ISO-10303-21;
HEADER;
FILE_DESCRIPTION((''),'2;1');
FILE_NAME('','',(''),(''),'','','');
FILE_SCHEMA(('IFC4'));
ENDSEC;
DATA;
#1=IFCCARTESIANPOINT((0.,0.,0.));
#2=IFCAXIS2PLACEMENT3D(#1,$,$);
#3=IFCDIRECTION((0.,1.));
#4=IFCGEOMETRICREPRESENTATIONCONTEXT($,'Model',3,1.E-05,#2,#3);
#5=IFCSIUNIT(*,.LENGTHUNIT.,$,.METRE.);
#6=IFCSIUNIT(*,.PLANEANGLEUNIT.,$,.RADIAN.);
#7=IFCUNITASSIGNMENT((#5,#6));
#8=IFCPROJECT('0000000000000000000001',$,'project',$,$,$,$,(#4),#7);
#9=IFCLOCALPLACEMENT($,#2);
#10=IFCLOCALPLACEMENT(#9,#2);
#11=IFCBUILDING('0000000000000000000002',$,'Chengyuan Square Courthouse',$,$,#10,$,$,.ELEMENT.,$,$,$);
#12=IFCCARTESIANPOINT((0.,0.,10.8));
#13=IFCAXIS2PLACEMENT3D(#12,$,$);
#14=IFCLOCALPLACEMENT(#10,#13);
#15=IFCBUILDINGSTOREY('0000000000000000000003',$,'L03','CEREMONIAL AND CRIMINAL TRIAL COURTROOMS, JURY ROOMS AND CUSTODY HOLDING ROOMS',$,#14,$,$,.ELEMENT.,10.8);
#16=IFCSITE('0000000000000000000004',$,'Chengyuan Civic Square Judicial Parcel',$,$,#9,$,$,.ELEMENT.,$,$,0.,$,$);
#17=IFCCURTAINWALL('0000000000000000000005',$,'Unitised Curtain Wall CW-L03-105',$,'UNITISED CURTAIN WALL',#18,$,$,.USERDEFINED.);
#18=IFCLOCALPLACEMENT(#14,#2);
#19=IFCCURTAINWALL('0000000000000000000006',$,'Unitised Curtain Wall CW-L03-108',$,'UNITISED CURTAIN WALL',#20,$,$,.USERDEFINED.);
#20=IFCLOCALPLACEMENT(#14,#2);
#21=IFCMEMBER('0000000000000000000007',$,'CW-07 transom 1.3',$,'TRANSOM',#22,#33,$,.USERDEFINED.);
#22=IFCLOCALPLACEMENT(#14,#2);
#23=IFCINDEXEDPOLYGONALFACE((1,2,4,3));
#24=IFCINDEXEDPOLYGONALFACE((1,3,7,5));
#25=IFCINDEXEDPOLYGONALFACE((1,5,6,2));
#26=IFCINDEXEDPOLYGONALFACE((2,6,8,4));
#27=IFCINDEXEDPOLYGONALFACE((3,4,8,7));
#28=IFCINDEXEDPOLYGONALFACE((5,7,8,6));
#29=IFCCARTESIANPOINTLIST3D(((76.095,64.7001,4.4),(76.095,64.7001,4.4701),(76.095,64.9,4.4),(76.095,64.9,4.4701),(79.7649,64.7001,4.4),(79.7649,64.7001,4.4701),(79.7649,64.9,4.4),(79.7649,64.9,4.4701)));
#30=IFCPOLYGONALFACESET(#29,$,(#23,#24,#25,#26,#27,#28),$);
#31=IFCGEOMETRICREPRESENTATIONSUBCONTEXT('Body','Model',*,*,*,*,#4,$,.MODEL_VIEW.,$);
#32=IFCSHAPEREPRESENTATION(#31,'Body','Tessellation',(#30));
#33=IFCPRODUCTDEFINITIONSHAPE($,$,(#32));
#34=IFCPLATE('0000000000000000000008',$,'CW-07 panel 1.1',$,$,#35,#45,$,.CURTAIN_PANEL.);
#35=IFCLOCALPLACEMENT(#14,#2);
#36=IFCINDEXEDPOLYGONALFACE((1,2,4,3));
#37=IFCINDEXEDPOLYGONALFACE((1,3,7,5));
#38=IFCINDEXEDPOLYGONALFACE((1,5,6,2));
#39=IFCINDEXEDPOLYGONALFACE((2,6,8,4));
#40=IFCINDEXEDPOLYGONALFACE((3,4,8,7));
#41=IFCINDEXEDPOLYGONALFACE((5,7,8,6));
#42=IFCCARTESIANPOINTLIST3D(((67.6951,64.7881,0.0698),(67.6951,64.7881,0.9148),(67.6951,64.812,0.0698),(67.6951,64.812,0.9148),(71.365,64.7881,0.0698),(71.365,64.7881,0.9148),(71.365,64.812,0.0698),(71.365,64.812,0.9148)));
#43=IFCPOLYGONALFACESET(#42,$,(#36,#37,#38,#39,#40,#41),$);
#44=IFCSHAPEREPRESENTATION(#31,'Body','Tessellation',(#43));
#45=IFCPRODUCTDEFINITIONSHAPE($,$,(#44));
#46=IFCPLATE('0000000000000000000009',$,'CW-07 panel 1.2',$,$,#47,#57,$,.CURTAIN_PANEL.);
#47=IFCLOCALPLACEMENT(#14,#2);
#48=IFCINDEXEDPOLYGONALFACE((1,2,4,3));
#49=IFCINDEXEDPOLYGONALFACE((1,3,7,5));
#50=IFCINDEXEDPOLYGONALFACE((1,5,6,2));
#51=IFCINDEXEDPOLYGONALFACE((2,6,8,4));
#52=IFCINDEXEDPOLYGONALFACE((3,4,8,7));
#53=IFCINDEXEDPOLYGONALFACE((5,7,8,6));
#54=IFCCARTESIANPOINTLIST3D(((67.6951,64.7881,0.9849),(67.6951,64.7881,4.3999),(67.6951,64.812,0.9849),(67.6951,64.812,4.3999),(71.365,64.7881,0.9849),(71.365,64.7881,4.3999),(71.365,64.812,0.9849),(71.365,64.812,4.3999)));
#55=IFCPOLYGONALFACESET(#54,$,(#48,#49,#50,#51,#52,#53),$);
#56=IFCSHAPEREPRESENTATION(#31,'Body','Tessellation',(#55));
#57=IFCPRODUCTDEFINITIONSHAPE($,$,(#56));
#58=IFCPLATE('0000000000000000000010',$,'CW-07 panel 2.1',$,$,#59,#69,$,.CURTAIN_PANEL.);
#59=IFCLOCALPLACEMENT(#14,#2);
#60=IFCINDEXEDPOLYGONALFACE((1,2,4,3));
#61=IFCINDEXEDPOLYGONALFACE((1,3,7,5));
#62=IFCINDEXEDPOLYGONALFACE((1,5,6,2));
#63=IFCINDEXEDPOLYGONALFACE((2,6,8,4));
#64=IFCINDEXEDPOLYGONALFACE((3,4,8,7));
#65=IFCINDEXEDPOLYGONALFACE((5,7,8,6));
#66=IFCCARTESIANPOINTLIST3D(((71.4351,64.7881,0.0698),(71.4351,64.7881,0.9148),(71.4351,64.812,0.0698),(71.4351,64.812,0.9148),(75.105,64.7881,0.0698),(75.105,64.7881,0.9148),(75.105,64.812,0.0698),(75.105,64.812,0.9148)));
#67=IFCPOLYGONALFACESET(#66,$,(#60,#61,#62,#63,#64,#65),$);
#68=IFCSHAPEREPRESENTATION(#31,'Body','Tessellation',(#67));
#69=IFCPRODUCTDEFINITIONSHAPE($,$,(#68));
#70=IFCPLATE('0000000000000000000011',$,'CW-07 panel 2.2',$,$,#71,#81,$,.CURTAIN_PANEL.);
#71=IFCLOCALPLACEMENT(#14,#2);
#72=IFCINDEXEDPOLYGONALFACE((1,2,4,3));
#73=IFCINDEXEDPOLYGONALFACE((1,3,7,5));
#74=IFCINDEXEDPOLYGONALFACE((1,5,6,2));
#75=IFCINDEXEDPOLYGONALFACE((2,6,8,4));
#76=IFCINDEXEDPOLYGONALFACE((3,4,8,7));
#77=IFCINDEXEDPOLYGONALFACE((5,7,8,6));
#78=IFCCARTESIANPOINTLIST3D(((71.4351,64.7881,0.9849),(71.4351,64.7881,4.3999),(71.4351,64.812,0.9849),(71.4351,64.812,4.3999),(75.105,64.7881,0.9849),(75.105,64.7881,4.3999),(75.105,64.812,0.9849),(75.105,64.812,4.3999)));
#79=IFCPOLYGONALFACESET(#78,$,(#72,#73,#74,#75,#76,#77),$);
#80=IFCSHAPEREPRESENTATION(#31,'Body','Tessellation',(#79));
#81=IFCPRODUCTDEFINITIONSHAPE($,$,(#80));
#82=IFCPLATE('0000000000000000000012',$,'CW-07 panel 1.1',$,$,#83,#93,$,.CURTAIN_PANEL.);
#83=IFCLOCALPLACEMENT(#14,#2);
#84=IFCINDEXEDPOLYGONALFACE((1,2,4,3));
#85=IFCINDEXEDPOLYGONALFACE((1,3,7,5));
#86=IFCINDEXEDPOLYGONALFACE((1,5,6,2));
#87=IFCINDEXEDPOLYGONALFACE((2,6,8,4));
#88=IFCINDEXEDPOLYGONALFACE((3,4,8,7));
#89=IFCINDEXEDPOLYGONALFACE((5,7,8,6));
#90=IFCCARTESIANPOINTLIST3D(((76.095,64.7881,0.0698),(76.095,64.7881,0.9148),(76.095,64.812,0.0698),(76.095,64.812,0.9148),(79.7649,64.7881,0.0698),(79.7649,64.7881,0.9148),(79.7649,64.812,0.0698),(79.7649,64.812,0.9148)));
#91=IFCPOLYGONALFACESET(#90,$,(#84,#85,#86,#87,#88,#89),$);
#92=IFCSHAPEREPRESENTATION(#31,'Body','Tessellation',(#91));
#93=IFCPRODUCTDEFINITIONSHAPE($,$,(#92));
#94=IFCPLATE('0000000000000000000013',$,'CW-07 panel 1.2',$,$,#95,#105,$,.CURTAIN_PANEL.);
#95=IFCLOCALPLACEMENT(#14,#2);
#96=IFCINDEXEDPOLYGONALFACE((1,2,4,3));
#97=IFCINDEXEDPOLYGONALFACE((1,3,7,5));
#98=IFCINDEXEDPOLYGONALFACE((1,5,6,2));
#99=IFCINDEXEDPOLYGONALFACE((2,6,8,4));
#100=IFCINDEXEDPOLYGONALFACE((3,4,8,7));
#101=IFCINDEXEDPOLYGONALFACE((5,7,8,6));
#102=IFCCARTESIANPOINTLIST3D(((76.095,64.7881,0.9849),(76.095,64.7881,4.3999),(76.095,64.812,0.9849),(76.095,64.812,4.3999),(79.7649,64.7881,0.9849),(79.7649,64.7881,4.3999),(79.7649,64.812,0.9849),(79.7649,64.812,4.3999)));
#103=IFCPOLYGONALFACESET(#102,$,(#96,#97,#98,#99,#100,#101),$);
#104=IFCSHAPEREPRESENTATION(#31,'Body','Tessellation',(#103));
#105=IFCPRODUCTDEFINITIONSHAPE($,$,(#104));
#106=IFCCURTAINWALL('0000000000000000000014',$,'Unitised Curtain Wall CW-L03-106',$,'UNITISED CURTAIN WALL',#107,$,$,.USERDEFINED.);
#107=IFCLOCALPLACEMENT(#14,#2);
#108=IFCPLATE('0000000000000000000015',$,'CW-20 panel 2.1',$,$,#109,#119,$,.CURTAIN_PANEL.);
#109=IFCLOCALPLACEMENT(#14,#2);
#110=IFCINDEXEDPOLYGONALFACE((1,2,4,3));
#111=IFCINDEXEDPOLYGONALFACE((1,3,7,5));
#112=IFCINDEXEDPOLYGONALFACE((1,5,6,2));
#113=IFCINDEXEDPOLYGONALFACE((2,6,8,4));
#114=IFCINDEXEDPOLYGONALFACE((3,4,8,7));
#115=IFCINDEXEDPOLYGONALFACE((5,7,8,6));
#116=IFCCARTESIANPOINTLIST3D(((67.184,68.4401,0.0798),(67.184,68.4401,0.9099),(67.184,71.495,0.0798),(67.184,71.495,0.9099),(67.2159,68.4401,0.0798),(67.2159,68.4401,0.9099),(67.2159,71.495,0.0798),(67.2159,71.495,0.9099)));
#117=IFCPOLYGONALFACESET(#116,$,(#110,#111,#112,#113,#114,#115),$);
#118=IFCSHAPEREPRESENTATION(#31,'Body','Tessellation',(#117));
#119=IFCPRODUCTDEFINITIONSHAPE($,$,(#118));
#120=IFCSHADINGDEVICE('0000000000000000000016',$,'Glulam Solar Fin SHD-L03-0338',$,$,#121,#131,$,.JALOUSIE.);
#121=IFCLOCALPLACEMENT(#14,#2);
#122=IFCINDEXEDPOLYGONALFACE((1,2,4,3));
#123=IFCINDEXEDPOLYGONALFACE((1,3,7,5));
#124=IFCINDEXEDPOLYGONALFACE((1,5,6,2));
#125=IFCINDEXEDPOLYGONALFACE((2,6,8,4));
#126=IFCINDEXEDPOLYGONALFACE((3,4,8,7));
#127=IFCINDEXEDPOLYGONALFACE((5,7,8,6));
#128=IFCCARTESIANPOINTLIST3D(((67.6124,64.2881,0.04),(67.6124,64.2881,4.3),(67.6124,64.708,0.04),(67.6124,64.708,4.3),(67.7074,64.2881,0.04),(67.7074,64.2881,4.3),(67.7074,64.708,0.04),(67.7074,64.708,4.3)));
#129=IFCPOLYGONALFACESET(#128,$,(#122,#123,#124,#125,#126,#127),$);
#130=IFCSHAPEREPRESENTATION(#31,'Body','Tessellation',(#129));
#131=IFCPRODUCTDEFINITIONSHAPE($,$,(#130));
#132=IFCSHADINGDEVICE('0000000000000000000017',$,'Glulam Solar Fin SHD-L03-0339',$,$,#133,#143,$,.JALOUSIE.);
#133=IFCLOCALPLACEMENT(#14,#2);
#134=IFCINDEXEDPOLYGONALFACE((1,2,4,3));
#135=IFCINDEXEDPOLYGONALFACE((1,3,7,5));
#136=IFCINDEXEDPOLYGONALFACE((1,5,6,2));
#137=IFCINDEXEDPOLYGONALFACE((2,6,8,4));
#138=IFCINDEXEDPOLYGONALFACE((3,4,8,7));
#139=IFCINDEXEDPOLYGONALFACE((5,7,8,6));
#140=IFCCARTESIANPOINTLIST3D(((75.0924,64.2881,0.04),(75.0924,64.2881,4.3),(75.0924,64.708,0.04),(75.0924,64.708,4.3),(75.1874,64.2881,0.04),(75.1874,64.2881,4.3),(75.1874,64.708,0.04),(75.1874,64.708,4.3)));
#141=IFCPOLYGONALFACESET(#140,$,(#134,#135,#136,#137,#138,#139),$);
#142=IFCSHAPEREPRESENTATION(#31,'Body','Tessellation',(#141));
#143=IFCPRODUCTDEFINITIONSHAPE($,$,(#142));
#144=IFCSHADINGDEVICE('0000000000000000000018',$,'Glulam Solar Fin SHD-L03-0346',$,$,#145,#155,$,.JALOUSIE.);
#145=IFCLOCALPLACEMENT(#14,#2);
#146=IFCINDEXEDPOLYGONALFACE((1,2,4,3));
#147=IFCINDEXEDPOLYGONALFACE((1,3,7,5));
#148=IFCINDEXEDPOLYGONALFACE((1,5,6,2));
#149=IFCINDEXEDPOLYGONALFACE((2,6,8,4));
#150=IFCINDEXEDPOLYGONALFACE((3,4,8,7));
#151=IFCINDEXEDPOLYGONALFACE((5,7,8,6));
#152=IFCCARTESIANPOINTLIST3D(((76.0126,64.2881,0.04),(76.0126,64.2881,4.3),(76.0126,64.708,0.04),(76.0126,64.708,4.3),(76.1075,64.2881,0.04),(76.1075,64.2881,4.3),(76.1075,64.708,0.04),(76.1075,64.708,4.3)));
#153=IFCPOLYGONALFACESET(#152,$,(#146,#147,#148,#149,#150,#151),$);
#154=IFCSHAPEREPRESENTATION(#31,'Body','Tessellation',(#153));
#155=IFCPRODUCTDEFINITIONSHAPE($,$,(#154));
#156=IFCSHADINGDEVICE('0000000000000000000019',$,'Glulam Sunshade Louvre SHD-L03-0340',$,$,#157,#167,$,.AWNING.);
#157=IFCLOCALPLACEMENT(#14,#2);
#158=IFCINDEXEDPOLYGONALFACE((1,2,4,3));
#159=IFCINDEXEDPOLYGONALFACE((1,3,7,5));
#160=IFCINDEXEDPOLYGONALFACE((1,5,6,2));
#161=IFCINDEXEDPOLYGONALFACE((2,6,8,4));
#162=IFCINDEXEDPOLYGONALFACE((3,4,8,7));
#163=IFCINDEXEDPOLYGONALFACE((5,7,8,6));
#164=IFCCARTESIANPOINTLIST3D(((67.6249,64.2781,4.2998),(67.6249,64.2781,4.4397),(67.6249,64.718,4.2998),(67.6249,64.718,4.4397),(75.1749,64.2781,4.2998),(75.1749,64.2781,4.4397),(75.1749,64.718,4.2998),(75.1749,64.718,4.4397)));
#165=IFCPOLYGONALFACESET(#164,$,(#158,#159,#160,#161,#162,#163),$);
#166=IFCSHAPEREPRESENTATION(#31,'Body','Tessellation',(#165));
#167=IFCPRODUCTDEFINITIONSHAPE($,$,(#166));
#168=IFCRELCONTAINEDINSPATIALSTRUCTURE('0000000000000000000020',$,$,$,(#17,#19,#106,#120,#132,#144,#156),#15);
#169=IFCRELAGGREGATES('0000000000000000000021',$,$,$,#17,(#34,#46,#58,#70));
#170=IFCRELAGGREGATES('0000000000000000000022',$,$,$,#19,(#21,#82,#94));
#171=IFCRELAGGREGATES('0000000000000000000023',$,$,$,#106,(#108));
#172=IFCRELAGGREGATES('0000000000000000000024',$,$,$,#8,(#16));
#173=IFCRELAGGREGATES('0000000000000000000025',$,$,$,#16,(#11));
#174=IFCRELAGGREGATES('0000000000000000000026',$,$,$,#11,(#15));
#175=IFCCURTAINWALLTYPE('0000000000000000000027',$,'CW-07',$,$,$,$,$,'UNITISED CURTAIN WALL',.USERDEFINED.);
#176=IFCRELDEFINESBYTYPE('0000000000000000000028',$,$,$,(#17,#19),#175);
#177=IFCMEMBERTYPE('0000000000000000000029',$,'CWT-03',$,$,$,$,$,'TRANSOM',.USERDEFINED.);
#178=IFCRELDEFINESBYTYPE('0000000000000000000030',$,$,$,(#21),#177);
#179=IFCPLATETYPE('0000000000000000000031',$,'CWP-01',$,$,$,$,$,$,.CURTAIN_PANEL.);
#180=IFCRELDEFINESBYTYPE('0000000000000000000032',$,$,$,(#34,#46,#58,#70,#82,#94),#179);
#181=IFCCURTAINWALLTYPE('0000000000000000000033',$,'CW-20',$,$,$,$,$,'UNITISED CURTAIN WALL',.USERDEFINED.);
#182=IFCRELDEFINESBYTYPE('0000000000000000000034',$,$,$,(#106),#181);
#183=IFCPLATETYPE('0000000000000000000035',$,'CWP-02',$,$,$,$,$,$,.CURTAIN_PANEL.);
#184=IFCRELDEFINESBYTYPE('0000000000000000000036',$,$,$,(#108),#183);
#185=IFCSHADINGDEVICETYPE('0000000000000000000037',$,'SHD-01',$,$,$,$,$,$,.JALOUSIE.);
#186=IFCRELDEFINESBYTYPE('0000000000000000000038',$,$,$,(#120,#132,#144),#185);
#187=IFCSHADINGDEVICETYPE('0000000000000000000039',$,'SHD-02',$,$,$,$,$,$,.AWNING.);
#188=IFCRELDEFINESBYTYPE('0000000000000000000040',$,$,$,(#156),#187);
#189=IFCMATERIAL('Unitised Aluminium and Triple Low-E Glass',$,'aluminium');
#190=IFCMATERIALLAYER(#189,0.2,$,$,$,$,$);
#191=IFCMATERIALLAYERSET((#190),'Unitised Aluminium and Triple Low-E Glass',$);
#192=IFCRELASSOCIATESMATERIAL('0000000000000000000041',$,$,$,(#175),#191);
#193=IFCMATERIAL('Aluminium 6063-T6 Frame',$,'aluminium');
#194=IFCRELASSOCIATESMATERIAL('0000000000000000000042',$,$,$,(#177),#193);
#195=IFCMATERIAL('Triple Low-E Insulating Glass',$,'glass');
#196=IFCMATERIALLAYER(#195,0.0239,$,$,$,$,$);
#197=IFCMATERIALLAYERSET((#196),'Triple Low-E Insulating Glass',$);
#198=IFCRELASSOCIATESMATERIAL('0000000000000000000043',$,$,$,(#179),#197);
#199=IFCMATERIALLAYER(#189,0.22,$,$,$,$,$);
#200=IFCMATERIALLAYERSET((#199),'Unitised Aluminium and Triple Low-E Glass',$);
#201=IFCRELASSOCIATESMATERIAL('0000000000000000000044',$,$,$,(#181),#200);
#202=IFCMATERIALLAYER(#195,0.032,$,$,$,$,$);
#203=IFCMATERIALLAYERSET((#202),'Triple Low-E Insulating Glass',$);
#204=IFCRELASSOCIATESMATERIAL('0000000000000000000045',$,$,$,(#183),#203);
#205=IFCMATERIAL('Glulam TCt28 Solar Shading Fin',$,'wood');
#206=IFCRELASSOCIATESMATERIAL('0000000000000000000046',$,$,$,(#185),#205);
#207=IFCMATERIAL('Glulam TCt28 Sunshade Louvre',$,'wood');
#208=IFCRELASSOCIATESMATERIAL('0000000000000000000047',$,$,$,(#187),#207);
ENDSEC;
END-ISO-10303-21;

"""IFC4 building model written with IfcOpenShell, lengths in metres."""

from ifc_helpers import new_model, si_unit, direction, frame, origin, origin_2d, place, context, subcontext, project, spatial, rectangle, extrude, material, layer, layer_set, material_profile, profile_set, type_object, element, aggregate, save


model = new_model("IFC4")

# Units and contexts
model_context = context("Model", 3, precision=1e-05, world=origin(), true_north=direction((0.0, 1.0)))
body_context = subcontext(model_context, "Body", "Model", "MODEL_VIEW")
ifc_project = project(units=[si_unit("LENGTHUNIT", "METRE"), si_unit("PLANEANGLEUNIT", "RADIAN")], contexts=[model_context])

# Site, building, storey
site_placement = place(None, origin())
site = spatial("IfcSite", under=ifc_project, at=site_placement, Name="Chengyuan Civic Square Judicial Parcel", CompositionType="ELEMENT", RefElevation=0.0)
building_placement = place(site_placement, origin())
building = spatial("IfcBuilding", under=site, at=building_placement, Name="Chengyuan Square Courthouse", CompositionType="ELEMENT")
storey_placement = place(building_placement, frame((0.0, 0.0, 10.8)))
storey = spatial("IfcBuildingStorey", under=building, at=storey_placement, Name="L03", Description="CEREMONIAL AND CRIMINAL TRIAL COURTROOMS, JURY ROOMS AND CUSTODY HOLDING ROOMS", CompositionType="ELEMENT", Elevation=10.8)

# Curtain wall
ifc_material_1 = material(Name="Unitised Aluminium and Triple Low-E Glass", Category="aluminium")
ifc_layer_1 = layer(ifc_material_1, 0.2)
ifc_layer_set_1 = layer_set([ifc_layer_1], Name="Unitised Aluminium and Triple Low-E Glass")
curtain_wall_type_1 = type_object("IfcCurtainWallType", Name="CW-07", ElementType="UNITISED CURTAIN WALL", PredefinedType="USERDEFINED", material=ifc_layer_set_1)
curtain_wall_1_placement = place(storey_placement, origin())
curtain_wall_1 = element("IfcCurtainWall", 1, at=curtain_wall_1_placement, inside=storey, type_object=curtain_wall_type_1, Name="Unitised Curtain Wall CW-L03-105", ObjectType="UNITISED CURTAIN WALL", PredefinedType="USERDEFINED")
ifc_material_2 = material(Name="Aluminium 6063-T6 Frame", Category="aluminium")

# Curtain wall
curtain_wall_2_placement = place(storey_placement, origin())
curtain_wall_2 = element("IfcCurtainWall", 2, at=curtain_wall_2_placement, inside=storey, type_object=curtain_wall_type_1, Name="Unitised Curtain Wall CW-L03-108", ObjectType="UNITISED CURTAIN WALL", PredefinedType="USERDEFINED")

# Member
ifc_material_profile_1 = material_profile(ifc_material_2, rectangle(XDim=0.2, YDim=0.0701, at=origin_2d()), Name="CW-TRN-70x160")
ifc_profile_set_1 = profile_set([ifc_material_profile_1], Name="Aluminium 6063-T6 Frame")
member_type_1 = type_object("IfcMemberType", Name="CWT-03", ElementType="TRANSOM", PredefinedType="USERDEFINED", material=ifc_profile_set_1)
member_1_placement = place(storey_placement, frame((76.095, 64.8, 4.4351), z_axis=(1.0, 0.0, 0.0), x_axis=(0.0, 1.0, 0.0)))
member_1 = element("IfcMember", 3, at=member_1_placement, type_object=member_type_1, Name="CW-07 transom 1.3", ObjectType="TRANSOM", PredefinedType="USERDEFINED", context=body_context, shape_type="SweptSolid", body=[
    extrude(rectangle(XDim=0.2, YDim=0.0701, at=origin_2d()), origin(), (0.0, 0.0, 1.0), 3.6699),
])

# Plates
ifc_material_3 = material(Name="Triple Low-E Insulating Glass", Category="glass")
ifc_layer_2 = layer(ifc_material_3, 0.0239)
ifc_layer_set_2 = layer_set([ifc_layer_2], Name="Triple Low-E Insulating Glass")
plate_type_1 = type_object("IfcPlateType", Name="CWP-01", PredefinedType="CURTAIN_PANEL", material=ifc_layer_set_2)
plate_1_placement = place(storey_placement, frame((69.53, 64.8, 0.0698), z_axis=(0.0, 0.0, 1.0), x_axis=(1.0, 0.0, 0.0)))
plate_1 = element("IfcPlate", 4, at=plate_1_placement, type_object=plate_type_1, Name="CW-07 panel 1.1", PredefinedType="CURTAIN_PANEL", context=body_context, shape_type="SweptSolid", body=[
    extrude(rectangle(XDim=3.6699, YDim=0.0239, at=origin_2d()), origin(), (0.0, 0.0, 1.0), 0.845),
])
plate_2_placement = place(storey_placement, frame((69.53, 64.8, 0.9849), z_axis=(0.0, 0.0, 1.0), x_axis=(1.0, 0.0, 0.0)))
plate_2 = element("IfcPlate", 5, at=plate_2_placement, type_object=plate_type_1, Name="CW-07 panel 1.2", PredefinedType="CURTAIN_PANEL", context=body_context, shape_type="SweptSolid", body=[
    extrude(rectangle(XDim=3.6699, YDim=0.0239, at=origin_2d()), origin(), (0.0, 0.0, 1.0), 3.415),
])
plate_3_placement = place(storey_placement, frame((73.27, 64.8, 0.0698), z_axis=(0.0, 0.0, 1.0), x_axis=(1.0, 0.0, 0.0)))
plate_3 = element("IfcPlate", 6, at=plate_3_placement, type_object=plate_type_1, Name="CW-07 panel 2.1", PredefinedType="CURTAIN_PANEL", context=body_context, shape_type="SweptSolid", body=[
    extrude(rectangle(XDim=3.6699, YDim=0.0239, at=origin_2d()), origin(), (0.0, 0.0, 1.0), 0.845),
])
plate_4_placement = place(storey_placement, frame((73.27, 64.8, 0.9849), z_axis=(0.0, 0.0, 1.0), x_axis=(1.0, 0.0, 0.0)))
plate_4 = element("IfcPlate", 7, at=plate_4_placement, type_object=plate_type_1, Name="CW-07 panel 2.2", PredefinedType="CURTAIN_PANEL", context=body_context, shape_type="SweptSolid", body=[
    extrude(rectangle(XDim=3.6699, YDim=0.0239, at=origin_2d()), origin(), (0.0, 0.0, 1.0), 3.415),
])
aggregate(curtain_wall_1, [plate_1, plate_2, plate_3, plate_4])
plate_5_placement = place(storey_placement, frame((77.9299, 64.8, 0.0698), z_axis=(0.0, 0.0, 1.0), x_axis=(1.0, 0.0, 0.0)))
plate_5 = element("IfcPlate", 8, at=plate_5_placement, type_object=plate_type_1, Name="CW-07 panel 1.1", PredefinedType="CURTAIN_PANEL", context=body_context, shape_type="SweptSolid", body=[
    extrude(rectangle(XDim=3.6699, YDim=0.0239, at=origin_2d()), origin(), (0.0, 0.0, 1.0), 0.845),
])
plate_6_placement = place(storey_placement, frame((77.9299, 64.8, 0.9849), z_axis=(0.0, 0.0, 1.0), x_axis=(1.0, 0.0, 0.0)))
plate_6 = element("IfcPlate", 9, at=plate_6_placement, type_object=plate_type_1, Name="CW-07 panel 1.2", PredefinedType="CURTAIN_PANEL", context=body_context, shape_type="SweptSolid", body=[
    extrude(rectangle(XDim=3.6699, YDim=0.0239, at=origin_2d()), origin(), (0.0, 0.0, 1.0), 3.415),
])
aggregate(curtain_wall_2, [member_1, plate_5, plate_6])

# Curtain wall, plate
ifc_layer_3 = layer(ifc_material_1, 0.22)
ifc_layer_set_3 = layer_set([ifc_layer_3], Name="Unitised Aluminium and Triple Low-E Glass")
curtain_wall_type_2 = type_object("IfcCurtainWallType", Name="CW-20", ElementType="UNITISED CURTAIN WALL", PredefinedType="USERDEFINED", material=ifc_layer_set_3)
curtain_wall_3_placement = place(storey_placement, origin())
curtain_wall_3 = element("IfcCurtainWall", 10, at=curtain_wall_3_placement, inside=storey, type_object=curtain_wall_type_2, Name="Unitised Curtain Wall CW-L03-106", ObjectType="UNITISED CURTAIN WALL", PredefinedType="USERDEFINED")
ifc_layer_4 = layer(ifc_material_3, 0.032)
ifc_layer_set_4 = layer_set([ifc_layer_4], Name="Triple Low-E Insulating Glass")
plate_type_2 = type_object("IfcPlateType", Name="CWP-02", PredefinedType="CURTAIN_PANEL", material=ifc_layer_set_4)
plate_7_placement = place(storey_placement, frame((67.2, 69.9675, 0.0798), z_axis=(0.0, 0.0, 1.0), x_axis=(0.0, 1.0, 0.0)))
plate_7 = element("IfcPlate", 11, at=plate_7_placement, type_object=plate_type_2, Name="CW-20 panel 2.1", PredefinedType="CURTAIN_PANEL", context=body_context, shape_type="SweptSolid", body=[
    extrude(rectangle(XDim=3.0549, YDim=0.032, at=origin_2d()), origin(), (0.0, 0.0, 1.0), 0.8301),
])
aggregate(curtain_wall_3, [plate_7])

# Shading devices
ifc_material_4 = material(Name="Glulam TCt28 Solar Shading Fin", Category="wood")
shading_device_type_1 = type_object("IfcShadingDeviceType", Name="SHD-01", PredefinedType="JALOUSIE", material=ifc_material_4)
for number, where, z_axis, x_axis, name in (
    (12, (67.6599, 64.498, 0.04), (0.0, 0.0, 1.0), (0.0, 1.0, 0.0), "Glulam Solar Fin SHD-L03-0338"),
    (13, (75.1399, 64.498, 0.04), (0.0, 0.0, 1.0), (0.0, 1.0, 0.0), "Glulam Solar Fin SHD-L03-0339"),
    (14, (76.0601, 64.498, 0.04), (0.0, 0.0, 1.0), (0.0, 1.0, 0.0), "Glulam Solar Fin SHD-L03-0346"),
):
    element("IfcShadingDevice", number, at=place(storey_placement, frame(where, z_axis=z_axis, x_axis=x_axis)), inside=storey, type_object=shading_device_type_1, Name=name, PredefinedType="JALOUSIE", context=body_context, shape_type="SweptSolid", body=[
        extrude(rectangle(XDim=0.4199, YDim=0.095, at=origin_2d()), origin(), (0.0, 0.0, 1.0), 4.26),
    ])
ifc_material_5 = material(Name="Glulam TCt28 Sunshade Louvre", Category="wood")
shading_device_type_2 = type_object("IfcShadingDeviceType", Name="SHD-02", PredefinedType="AWNING", material=ifc_material_5)
shading_device_placement = place(storey_placement, frame((71.3999, 64.498, 4.2998), z_axis=(0.0, 0.0, 1.0), x_axis=(1.0, 0.0, 0.0)))
element("IfcShadingDevice", 15, at=shading_device_placement, inside=storey, type_object=shading_device_type_2, Name="Glulam Sunshade Louvre SHD-L03-0340", PredefinedType="AWNING", context=body_context, shape_type="SweptSolid", body=[
    extrude(rectangle(XDim=7.55, YDim=0.4399, at=origin_2d()), origin(), (0.0, 0.0, 1.0), 0.1399),
])

save(model, "model.ifc")
